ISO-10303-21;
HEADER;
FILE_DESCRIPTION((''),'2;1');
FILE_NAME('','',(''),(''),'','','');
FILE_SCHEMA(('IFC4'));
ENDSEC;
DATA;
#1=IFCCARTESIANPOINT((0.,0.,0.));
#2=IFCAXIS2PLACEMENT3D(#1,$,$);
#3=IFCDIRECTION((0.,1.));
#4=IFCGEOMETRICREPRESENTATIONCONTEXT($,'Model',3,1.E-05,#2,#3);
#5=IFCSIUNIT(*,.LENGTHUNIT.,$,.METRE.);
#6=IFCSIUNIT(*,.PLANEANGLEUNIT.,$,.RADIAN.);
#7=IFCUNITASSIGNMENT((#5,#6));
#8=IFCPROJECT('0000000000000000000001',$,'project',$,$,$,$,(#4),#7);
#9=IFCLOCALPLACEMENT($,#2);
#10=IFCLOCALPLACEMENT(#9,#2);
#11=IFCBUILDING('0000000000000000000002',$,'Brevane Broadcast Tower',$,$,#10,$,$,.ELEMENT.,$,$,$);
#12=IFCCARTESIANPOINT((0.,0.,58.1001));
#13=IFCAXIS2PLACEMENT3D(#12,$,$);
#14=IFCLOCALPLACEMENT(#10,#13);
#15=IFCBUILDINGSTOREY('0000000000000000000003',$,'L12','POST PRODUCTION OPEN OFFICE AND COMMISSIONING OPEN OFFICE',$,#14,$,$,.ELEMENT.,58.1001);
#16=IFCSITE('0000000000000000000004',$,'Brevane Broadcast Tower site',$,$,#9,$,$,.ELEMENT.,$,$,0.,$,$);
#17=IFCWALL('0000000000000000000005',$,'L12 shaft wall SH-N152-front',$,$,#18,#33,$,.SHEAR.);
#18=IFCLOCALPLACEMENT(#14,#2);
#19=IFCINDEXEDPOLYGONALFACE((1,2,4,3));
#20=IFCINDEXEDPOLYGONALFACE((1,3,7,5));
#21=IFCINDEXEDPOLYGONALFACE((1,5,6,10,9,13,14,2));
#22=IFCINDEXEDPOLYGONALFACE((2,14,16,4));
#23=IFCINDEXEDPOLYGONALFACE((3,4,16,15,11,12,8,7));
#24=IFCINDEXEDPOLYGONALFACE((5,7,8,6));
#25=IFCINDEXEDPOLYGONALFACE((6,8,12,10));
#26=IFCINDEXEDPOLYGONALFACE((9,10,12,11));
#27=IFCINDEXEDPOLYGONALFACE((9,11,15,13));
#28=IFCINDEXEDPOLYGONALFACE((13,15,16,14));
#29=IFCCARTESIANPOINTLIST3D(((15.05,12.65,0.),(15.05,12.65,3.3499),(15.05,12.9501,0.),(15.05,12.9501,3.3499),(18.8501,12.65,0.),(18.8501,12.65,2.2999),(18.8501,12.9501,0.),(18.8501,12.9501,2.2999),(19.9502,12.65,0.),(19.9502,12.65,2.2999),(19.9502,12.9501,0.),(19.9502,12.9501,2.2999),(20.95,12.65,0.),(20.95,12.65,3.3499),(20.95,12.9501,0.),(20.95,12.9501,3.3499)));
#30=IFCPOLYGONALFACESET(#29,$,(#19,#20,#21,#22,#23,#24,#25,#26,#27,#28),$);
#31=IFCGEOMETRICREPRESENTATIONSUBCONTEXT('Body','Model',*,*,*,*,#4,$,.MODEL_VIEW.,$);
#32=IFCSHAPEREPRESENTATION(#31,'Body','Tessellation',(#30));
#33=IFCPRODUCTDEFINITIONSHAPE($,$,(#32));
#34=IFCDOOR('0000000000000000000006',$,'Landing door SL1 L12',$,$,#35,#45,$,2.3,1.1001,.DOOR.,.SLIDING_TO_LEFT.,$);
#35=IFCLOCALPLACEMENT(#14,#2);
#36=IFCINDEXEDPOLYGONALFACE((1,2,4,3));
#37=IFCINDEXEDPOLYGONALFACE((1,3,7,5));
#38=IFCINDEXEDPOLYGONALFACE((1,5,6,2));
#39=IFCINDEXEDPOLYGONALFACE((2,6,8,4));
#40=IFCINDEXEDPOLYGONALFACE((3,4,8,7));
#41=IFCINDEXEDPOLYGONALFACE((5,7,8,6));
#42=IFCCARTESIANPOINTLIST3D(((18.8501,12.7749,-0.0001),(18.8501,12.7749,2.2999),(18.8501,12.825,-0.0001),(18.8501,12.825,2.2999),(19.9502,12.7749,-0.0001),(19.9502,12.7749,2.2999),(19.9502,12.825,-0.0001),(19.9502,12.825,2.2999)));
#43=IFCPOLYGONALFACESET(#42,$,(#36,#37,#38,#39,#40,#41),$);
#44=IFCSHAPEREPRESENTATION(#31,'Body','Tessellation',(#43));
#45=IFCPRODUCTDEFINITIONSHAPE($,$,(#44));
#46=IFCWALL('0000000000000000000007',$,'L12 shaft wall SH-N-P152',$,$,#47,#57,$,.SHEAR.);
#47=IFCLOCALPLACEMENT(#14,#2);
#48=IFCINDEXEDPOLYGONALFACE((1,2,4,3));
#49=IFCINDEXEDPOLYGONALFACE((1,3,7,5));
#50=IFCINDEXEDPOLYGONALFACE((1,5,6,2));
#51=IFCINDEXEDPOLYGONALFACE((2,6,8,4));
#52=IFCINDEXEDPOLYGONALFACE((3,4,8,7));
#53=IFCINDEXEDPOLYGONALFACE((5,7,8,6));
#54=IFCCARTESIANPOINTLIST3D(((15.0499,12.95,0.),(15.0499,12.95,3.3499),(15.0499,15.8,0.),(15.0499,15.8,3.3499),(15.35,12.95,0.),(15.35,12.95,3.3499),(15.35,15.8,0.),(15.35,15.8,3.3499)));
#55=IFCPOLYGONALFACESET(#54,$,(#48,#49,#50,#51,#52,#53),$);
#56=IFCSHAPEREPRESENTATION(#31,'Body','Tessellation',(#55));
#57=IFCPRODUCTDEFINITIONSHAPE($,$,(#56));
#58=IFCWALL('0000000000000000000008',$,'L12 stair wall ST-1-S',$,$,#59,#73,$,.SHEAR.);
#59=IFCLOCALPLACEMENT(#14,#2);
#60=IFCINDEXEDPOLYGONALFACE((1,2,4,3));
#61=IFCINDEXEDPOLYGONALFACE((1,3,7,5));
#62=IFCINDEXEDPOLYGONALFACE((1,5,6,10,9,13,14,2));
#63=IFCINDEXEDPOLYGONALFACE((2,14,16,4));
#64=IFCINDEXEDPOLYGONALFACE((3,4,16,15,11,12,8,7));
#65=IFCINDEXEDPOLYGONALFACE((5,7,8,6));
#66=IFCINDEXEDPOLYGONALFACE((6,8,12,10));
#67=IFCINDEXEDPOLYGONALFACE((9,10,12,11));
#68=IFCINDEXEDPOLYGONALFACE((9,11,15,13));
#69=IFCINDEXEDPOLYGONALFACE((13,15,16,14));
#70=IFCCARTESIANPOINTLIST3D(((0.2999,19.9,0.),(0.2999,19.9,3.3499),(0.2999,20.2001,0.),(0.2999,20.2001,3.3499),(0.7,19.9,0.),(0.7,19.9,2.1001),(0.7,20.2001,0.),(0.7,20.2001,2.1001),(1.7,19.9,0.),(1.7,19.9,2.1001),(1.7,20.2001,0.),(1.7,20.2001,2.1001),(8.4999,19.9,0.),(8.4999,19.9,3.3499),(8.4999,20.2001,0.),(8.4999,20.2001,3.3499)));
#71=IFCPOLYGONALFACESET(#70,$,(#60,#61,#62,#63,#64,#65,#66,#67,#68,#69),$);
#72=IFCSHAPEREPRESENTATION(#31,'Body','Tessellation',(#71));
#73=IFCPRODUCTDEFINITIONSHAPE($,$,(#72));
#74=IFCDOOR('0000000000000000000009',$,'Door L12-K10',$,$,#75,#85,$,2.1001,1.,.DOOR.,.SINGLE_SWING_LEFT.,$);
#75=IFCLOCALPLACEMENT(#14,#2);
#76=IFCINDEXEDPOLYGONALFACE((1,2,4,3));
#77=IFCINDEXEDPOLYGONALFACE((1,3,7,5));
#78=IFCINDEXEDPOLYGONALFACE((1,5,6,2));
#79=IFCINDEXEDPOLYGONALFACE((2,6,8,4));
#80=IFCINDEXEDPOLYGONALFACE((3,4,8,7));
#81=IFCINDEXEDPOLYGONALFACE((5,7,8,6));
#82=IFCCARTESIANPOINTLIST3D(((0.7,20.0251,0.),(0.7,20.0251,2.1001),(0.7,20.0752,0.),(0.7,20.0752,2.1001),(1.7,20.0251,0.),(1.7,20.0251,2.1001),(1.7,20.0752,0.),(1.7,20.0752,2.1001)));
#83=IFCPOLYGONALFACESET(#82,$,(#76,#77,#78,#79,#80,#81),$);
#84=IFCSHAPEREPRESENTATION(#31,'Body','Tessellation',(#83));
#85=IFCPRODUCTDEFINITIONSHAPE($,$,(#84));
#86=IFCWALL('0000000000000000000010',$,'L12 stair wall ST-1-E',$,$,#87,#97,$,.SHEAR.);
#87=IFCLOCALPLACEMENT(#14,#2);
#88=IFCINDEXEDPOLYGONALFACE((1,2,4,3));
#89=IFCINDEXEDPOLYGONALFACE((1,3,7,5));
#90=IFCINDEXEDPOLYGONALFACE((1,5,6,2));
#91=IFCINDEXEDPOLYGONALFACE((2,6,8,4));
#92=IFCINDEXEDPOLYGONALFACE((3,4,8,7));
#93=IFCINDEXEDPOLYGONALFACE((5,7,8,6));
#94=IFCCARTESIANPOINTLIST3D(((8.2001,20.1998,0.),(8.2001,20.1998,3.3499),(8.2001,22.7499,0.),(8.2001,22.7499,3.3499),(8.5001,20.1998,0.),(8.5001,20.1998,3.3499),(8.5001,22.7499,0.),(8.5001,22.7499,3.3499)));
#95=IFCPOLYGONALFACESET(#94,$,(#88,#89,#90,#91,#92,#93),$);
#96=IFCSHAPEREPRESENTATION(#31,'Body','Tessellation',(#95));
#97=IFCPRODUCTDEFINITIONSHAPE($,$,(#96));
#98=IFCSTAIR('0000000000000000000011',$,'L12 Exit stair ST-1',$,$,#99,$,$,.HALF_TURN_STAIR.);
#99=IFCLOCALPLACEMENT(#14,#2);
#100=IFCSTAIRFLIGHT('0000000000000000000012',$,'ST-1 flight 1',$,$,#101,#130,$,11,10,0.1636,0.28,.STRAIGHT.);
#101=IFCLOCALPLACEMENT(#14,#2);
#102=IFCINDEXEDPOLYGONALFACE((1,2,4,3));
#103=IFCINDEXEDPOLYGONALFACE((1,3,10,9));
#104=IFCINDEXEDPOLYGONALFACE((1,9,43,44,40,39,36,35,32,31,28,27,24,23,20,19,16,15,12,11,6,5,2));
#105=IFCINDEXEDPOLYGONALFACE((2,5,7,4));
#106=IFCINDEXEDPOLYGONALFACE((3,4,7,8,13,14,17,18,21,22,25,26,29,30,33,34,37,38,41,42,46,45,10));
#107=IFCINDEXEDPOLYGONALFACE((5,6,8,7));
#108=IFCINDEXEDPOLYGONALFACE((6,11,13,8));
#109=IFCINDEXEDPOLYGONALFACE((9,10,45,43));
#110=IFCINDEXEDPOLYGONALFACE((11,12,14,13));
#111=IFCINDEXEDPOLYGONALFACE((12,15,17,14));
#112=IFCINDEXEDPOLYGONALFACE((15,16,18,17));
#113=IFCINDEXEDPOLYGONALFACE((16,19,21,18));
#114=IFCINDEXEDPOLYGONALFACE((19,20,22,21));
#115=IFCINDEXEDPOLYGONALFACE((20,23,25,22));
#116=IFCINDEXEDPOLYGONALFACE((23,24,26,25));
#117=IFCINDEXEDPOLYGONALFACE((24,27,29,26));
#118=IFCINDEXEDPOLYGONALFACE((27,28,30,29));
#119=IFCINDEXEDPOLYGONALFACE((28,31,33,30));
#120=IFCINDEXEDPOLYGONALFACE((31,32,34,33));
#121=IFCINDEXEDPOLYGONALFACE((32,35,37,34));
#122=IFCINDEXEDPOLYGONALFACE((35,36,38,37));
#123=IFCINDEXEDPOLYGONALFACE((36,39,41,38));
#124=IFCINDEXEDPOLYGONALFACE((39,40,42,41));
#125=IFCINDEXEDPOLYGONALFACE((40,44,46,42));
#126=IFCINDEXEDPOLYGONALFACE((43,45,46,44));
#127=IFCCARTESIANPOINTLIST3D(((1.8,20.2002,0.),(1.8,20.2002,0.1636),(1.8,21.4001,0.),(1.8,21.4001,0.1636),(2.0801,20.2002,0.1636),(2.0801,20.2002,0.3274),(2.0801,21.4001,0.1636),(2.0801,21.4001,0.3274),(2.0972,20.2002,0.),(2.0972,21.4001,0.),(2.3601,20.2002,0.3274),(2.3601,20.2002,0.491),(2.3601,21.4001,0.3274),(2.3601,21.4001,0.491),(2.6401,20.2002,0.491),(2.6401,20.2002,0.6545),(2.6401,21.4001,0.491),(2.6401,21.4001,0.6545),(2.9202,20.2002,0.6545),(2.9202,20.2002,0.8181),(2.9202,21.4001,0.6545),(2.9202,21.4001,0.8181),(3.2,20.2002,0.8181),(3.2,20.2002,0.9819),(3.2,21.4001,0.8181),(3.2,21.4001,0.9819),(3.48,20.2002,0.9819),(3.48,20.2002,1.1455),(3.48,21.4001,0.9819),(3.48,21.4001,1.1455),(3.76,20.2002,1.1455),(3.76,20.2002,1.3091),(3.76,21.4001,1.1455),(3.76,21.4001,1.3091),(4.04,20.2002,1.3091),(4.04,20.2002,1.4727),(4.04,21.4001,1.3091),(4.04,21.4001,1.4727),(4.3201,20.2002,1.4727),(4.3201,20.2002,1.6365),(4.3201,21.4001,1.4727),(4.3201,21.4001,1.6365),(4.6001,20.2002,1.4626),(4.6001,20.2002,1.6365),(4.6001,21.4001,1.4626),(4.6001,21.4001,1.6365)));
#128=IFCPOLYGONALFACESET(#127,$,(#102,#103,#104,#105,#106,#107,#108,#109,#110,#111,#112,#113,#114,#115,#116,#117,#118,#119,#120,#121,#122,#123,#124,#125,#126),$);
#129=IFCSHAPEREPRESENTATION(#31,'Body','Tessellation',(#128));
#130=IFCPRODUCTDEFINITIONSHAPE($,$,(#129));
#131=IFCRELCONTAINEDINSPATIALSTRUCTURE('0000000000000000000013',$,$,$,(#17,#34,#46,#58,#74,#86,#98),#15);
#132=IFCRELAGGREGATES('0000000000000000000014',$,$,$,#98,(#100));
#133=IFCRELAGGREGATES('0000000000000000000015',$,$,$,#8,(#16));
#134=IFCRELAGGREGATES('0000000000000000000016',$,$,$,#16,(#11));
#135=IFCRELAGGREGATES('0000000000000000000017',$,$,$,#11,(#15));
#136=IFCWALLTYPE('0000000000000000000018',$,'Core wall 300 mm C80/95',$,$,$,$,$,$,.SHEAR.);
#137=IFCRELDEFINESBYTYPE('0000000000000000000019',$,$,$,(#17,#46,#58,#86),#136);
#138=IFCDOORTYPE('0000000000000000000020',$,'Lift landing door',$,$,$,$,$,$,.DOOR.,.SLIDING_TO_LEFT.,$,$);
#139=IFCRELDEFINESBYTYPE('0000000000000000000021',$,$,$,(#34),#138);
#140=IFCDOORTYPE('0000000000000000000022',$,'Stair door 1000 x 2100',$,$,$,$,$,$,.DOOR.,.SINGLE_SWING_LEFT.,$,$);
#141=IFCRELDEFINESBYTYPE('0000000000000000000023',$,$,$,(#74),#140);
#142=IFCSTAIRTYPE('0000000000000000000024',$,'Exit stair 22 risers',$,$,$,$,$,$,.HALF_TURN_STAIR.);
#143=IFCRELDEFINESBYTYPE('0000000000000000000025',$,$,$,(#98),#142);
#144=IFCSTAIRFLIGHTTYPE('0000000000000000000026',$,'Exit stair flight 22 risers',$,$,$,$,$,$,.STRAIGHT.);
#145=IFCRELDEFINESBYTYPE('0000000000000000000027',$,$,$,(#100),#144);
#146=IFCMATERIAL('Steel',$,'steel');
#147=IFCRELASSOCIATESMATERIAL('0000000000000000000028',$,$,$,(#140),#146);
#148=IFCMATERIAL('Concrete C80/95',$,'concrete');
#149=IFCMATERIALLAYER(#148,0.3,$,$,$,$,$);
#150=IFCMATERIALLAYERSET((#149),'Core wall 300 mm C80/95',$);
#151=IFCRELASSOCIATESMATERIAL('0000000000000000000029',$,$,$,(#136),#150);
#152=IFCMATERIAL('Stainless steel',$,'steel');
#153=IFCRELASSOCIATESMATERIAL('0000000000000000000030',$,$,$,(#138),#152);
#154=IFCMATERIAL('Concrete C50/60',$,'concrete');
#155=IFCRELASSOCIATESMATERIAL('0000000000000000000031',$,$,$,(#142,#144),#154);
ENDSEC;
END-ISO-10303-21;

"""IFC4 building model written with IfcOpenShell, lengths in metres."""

from ifc_helpers import new_model, si_unit, direction, frame, frame_2d, origin, place, context, subcontext, project, spatial, polyline, rectangle, outline, extrude, material, layer, layer_set, type_object, element, fill, aggregate, save


model = new_model("IFC4")

# Units and contexts
model_context = context("Model", 3, precision=1e-05, world=origin(), true_north=direction((0.0, 1.0)))
body_context = subcontext(model_context, "Body", "Model", "MODEL_VIEW")
ifc_project = project(units=[si_unit("LENGTHUNIT", "METRE"), si_unit("PLANEANGLEUNIT", "RADIAN")], contexts=[model_context])

# Site, building, storey
site_placement = place(None, origin())
site = spatial("IfcSite", under=ifc_project, at=site_placement, Name="Brevane Broadcast Tower site", CompositionType="ELEMENT", RefElevation=0.0)
building_placement = place(site_placement, origin())
building = spatial("IfcBuilding", under=site, at=building_placement, Name="Brevane Broadcast Tower", CompositionType="ELEMENT")
storey_placement = place(building_placement, frame((0.0, 0.0, 58.1001)))
storey = spatial("IfcBuildingStorey", under=building, at=storey_placement, Name="L12", Description="POST PRODUCTION OPEN OFFICE AND COMMISSIONING OPEN OFFICE", CompositionType="ELEMENT", Elevation=58.1001)

# Shared definitions
ifc_material_1 = material(Name="Steel", Category="steel")
door_type_1 = type_object("IfcDoorType", Name="Stair door 1000 x 2100", OperationType="SINGLE_SWING_LEFT", PredefinedType="DOOR", material=ifc_material_1)

# Shared definitions
ifc_material_2 = material(Name="Concrete C80/95", Category="concrete")
ifc_layer_1 = layer(ifc_material_2, 0.3)
ifc_layer_set_1 = layer_set([ifc_layer_1], Name="Core wall 300 mm C80/95")
wall_type_1 = type_object("IfcWallType", Name="Core wall 300 mm C80/95", PredefinedType="SHEAR", material=ifc_layer_set_1)

# Wall, opening, door
wall_1_placement = place(storey_placement, frame((15.05, 12.8, 0.0), z_axis=(0.0, 0.0, 1.0), x_axis=(1.0, 0.0, 0.0)))
wall_1 = element("IfcWall", 1, at=wall_1_placement, inside=storey, type_object=wall_type_1, Name="L12 shaft wall SH-N152-front", PredefinedType="SHEAR", context=body_context, shape_type="SweptSolid", body=[
    extrude(rectangle(XDim=5.8999, YDim=0.3, at=frame_2d((2.95, 0.0))), origin(), (0.0, 0.0, 1.0), 3.3499),
])
opening_1_placement = place(wall_1_placement, frame((3.8, 0.0, 0.0)))
opening_1 = element("IfcOpeningElement", 2, at=opening_1_placement, cuts=wall_1, PredefinedType="OPENING", context=body_context, shape_type="SweptSolid", body=[
    extrude(rectangle(XDim=1.1001, YDim=2.3, at=frame_2d((0.55, 1.1499))), frame((0.0, 0.1599, 0.0), z_axis=(0.0, -1.0, 0.0), x_axis=(1.0, 0.0, 0.0)), (0.0, 0.0, 1.0), 0.3201),
])
ifc_material_3 = material(Name="Stainless steel", Category="steel")
door_type_2 = type_object("IfcDoorType", Name="Lift landing door", OperationType="SLIDING_TO_LEFT", PredefinedType="DOOR", material=ifc_material_3)
door_1_placement = place(opening_1_placement, origin())
door_1 = element("IfcDoor", 3, at=door_1_placement, inside=storey, type_object=door_type_2, Name="Landing door SL1 L12", OperationType="SLIDING_TO_LEFT", OverallHeight=2.3, OverallWidth=1.1001, PredefinedType="DOOR", context=body_context, shape_type="SweptSolid", body=[
    extrude(rectangle(XDim=1.1001, YDim=2.3, at=frame_2d((0.55, 1.1499))), frame((0.0, 0.0249, 0.0), z_axis=(0.0, -1.0, 0.0), x_axis=(1.0, 0.0, 0.0)), (0.0, 0.0, 1.0), 0.05),
])
fill(opening_1, door_1)

# Wall
wall_2_placement = place(storey_placement, frame((15.2, 12.95, 0.0), z_axis=(0.0, 0.0, 1.0), x_axis=(0.0, 1.0, 0.0)))
element("IfcWall", 4, at=wall_2_placement, inside=storey, type_object=wall_type_1, Name="L12 shaft wall SH-N-P152", PredefinedType="SHEAR", context=body_context, shape_type="SweptSolid", body=[
    extrude(rectangle(XDim=2.8501, YDim=0.3, at=frame_2d((1.425, 0.0))), origin(), (0.0, 0.0, 1.0), 3.3499),
])

# Wall, opening, door
wall_3_placement = place(storey_placement, frame((8.5, 20.05, 0.0), z_axis=(0.0, 0.0, 1.0), x_axis=(-1.0, 0.0, 0.0)))
wall_3 = element("IfcWall", 5, at=wall_3_placement, inside=storey, type_object=wall_type_1, Name="L12 stair wall ST-1-S", PredefinedType="SHEAR", context=body_context, shape_type="SweptSolid", body=[
    extrude(rectangle(XDim=8.2, YDim=0.3, at=frame_2d((4.1001, 0.0))), origin(), (0.0, 0.0, 1.0), 3.3499),
])
opening_2_placement = place(wall_3_placement, frame((6.8, 0.0, 0.0)))
opening_2 = element("IfcOpeningElement", 6, at=opening_2_placement, cuts=wall_3, PredefinedType="OPENING", context=body_context, shape_type="SweptSolid", body=[
    extrude(rectangle(XDim=1.0, YDim=2.1001, at=frame_2d((0.5, 1.05))), frame((0.0, 0.1599, 0.0), z_axis=(0.0, -1.0, 0.0), x_axis=(1.0, 0.0, 0.0)), (0.0, 0.0, 1.0), 0.3201),
])
door_2_placement = place(opening_2_placement, origin())
door_2 = element("IfcDoor", 7, at=door_2_placement, inside=storey, type_object=door_type_1, Name="Door L12-K10", OperationType="SINGLE_SWING_LEFT", OverallHeight=2.1001, OverallWidth=1.0, PredefinedType="DOOR", context=body_context, shape_type="SweptSolid", body=[
    extrude(rectangle(XDim=1.0, YDim=2.1001, at=frame_2d((0.5, 1.05))), frame((0.0, 0.0249, 0.0), z_axis=(0.0, -1.0, 0.0), x_axis=(1.0, 0.0, 0.0)), (0.0, 0.0, 1.0), 0.05),
])
fill(opening_2, door_2)

# Wall
wall_4_placement = place(storey_placement, frame((8.3501, 20.2, 0.0), z_axis=(0.0, 0.0, 1.0), x_axis=(0.0, 1.0, 0.0)))
element("IfcWall", 8, at=wall_4_placement, inside=storey, type_object=wall_type_1, Name="L12 stair wall ST-1-E", PredefinedType="SHEAR", context=body_context, shape_type="SweptSolid", body=[
    extrude(rectangle(XDim=2.55, YDim=0.3, at=frame_2d((1.2749, 0.0))), origin(), (0.0, 0.0, 1.0), 3.3499),
])

# Stair, stair flight
ifc_material_4 = material(Name="Concrete C50/60", Category="concrete")
stair_type = type_object("IfcStairType", Name="Exit stair 22 risers", PredefinedType="HALF_TURN_STAIR", material=ifc_material_4)
stair_placement = place(storey_placement, origin())
stair = element("IfcStair", 9, at=stair_placement, inside=storey, type_object=stair_type, Name="L12 Exit stair ST-1", PredefinedType="HALF_TURN_STAIR")
stair_flight_type = type_object("IfcStairFlightType", Name="Exit stair flight 22 risers", PredefinedType="STRAIGHT", material=ifc_material_4)
stair_flight_placement = place(storey_placement, frame((1.8, 20.8, 0.0), z_axis=(0.0, 0.0, 1.0), x_axis=(1.0, 0.0, 0.0)))
stair_flight = element("IfcStairFlight", 10, at=stair_flight_placement, type_object=stair_flight_type, Name="ST-1 flight 1", NumberOfRisers=11, NumberOfTreads=10, PredefinedType="STRAIGHT", RiserHeight=0.1636, TreadLength=0.28, context=body_context, shape_type="SweptSolid", body=[
    extrude(outline(polyline([(0.0, 0.0), (0.0, 0.1636), (0.28, 0.1636), (0.28, 0.3274), (0.5601, 0.3274), (0.5601, 0.491), (0.8401, 0.491), (0.8401, 0.6545), (1.1201, 0.6545), (1.1201, 0.8181), (1.3999, 0.8181), (1.3999, 0.9819), (1.6799, 0.9819), (1.6799, 1.1455), (1.96, 1.1455), (1.96, 1.3091), (2.24, 1.3091), (2.24, 1.4727), (2.52, 1.4727), (2.52, 1.6365), (2.8, 1.6365), (2.8, 1.8), (2.8, 1.4626), (0.2971, 0.0), (0.0, 0.0)])), frame((0.0, 0.6001, 0.0), z_axis=(0.0, -1.0, 0.0), x_axis=(1.0, 0.0, 0.0)), (0.0, 0.0, 1.0), 1.2),
])
aggregate(stair, [stair_flight])

save(model, "model.ifc")
